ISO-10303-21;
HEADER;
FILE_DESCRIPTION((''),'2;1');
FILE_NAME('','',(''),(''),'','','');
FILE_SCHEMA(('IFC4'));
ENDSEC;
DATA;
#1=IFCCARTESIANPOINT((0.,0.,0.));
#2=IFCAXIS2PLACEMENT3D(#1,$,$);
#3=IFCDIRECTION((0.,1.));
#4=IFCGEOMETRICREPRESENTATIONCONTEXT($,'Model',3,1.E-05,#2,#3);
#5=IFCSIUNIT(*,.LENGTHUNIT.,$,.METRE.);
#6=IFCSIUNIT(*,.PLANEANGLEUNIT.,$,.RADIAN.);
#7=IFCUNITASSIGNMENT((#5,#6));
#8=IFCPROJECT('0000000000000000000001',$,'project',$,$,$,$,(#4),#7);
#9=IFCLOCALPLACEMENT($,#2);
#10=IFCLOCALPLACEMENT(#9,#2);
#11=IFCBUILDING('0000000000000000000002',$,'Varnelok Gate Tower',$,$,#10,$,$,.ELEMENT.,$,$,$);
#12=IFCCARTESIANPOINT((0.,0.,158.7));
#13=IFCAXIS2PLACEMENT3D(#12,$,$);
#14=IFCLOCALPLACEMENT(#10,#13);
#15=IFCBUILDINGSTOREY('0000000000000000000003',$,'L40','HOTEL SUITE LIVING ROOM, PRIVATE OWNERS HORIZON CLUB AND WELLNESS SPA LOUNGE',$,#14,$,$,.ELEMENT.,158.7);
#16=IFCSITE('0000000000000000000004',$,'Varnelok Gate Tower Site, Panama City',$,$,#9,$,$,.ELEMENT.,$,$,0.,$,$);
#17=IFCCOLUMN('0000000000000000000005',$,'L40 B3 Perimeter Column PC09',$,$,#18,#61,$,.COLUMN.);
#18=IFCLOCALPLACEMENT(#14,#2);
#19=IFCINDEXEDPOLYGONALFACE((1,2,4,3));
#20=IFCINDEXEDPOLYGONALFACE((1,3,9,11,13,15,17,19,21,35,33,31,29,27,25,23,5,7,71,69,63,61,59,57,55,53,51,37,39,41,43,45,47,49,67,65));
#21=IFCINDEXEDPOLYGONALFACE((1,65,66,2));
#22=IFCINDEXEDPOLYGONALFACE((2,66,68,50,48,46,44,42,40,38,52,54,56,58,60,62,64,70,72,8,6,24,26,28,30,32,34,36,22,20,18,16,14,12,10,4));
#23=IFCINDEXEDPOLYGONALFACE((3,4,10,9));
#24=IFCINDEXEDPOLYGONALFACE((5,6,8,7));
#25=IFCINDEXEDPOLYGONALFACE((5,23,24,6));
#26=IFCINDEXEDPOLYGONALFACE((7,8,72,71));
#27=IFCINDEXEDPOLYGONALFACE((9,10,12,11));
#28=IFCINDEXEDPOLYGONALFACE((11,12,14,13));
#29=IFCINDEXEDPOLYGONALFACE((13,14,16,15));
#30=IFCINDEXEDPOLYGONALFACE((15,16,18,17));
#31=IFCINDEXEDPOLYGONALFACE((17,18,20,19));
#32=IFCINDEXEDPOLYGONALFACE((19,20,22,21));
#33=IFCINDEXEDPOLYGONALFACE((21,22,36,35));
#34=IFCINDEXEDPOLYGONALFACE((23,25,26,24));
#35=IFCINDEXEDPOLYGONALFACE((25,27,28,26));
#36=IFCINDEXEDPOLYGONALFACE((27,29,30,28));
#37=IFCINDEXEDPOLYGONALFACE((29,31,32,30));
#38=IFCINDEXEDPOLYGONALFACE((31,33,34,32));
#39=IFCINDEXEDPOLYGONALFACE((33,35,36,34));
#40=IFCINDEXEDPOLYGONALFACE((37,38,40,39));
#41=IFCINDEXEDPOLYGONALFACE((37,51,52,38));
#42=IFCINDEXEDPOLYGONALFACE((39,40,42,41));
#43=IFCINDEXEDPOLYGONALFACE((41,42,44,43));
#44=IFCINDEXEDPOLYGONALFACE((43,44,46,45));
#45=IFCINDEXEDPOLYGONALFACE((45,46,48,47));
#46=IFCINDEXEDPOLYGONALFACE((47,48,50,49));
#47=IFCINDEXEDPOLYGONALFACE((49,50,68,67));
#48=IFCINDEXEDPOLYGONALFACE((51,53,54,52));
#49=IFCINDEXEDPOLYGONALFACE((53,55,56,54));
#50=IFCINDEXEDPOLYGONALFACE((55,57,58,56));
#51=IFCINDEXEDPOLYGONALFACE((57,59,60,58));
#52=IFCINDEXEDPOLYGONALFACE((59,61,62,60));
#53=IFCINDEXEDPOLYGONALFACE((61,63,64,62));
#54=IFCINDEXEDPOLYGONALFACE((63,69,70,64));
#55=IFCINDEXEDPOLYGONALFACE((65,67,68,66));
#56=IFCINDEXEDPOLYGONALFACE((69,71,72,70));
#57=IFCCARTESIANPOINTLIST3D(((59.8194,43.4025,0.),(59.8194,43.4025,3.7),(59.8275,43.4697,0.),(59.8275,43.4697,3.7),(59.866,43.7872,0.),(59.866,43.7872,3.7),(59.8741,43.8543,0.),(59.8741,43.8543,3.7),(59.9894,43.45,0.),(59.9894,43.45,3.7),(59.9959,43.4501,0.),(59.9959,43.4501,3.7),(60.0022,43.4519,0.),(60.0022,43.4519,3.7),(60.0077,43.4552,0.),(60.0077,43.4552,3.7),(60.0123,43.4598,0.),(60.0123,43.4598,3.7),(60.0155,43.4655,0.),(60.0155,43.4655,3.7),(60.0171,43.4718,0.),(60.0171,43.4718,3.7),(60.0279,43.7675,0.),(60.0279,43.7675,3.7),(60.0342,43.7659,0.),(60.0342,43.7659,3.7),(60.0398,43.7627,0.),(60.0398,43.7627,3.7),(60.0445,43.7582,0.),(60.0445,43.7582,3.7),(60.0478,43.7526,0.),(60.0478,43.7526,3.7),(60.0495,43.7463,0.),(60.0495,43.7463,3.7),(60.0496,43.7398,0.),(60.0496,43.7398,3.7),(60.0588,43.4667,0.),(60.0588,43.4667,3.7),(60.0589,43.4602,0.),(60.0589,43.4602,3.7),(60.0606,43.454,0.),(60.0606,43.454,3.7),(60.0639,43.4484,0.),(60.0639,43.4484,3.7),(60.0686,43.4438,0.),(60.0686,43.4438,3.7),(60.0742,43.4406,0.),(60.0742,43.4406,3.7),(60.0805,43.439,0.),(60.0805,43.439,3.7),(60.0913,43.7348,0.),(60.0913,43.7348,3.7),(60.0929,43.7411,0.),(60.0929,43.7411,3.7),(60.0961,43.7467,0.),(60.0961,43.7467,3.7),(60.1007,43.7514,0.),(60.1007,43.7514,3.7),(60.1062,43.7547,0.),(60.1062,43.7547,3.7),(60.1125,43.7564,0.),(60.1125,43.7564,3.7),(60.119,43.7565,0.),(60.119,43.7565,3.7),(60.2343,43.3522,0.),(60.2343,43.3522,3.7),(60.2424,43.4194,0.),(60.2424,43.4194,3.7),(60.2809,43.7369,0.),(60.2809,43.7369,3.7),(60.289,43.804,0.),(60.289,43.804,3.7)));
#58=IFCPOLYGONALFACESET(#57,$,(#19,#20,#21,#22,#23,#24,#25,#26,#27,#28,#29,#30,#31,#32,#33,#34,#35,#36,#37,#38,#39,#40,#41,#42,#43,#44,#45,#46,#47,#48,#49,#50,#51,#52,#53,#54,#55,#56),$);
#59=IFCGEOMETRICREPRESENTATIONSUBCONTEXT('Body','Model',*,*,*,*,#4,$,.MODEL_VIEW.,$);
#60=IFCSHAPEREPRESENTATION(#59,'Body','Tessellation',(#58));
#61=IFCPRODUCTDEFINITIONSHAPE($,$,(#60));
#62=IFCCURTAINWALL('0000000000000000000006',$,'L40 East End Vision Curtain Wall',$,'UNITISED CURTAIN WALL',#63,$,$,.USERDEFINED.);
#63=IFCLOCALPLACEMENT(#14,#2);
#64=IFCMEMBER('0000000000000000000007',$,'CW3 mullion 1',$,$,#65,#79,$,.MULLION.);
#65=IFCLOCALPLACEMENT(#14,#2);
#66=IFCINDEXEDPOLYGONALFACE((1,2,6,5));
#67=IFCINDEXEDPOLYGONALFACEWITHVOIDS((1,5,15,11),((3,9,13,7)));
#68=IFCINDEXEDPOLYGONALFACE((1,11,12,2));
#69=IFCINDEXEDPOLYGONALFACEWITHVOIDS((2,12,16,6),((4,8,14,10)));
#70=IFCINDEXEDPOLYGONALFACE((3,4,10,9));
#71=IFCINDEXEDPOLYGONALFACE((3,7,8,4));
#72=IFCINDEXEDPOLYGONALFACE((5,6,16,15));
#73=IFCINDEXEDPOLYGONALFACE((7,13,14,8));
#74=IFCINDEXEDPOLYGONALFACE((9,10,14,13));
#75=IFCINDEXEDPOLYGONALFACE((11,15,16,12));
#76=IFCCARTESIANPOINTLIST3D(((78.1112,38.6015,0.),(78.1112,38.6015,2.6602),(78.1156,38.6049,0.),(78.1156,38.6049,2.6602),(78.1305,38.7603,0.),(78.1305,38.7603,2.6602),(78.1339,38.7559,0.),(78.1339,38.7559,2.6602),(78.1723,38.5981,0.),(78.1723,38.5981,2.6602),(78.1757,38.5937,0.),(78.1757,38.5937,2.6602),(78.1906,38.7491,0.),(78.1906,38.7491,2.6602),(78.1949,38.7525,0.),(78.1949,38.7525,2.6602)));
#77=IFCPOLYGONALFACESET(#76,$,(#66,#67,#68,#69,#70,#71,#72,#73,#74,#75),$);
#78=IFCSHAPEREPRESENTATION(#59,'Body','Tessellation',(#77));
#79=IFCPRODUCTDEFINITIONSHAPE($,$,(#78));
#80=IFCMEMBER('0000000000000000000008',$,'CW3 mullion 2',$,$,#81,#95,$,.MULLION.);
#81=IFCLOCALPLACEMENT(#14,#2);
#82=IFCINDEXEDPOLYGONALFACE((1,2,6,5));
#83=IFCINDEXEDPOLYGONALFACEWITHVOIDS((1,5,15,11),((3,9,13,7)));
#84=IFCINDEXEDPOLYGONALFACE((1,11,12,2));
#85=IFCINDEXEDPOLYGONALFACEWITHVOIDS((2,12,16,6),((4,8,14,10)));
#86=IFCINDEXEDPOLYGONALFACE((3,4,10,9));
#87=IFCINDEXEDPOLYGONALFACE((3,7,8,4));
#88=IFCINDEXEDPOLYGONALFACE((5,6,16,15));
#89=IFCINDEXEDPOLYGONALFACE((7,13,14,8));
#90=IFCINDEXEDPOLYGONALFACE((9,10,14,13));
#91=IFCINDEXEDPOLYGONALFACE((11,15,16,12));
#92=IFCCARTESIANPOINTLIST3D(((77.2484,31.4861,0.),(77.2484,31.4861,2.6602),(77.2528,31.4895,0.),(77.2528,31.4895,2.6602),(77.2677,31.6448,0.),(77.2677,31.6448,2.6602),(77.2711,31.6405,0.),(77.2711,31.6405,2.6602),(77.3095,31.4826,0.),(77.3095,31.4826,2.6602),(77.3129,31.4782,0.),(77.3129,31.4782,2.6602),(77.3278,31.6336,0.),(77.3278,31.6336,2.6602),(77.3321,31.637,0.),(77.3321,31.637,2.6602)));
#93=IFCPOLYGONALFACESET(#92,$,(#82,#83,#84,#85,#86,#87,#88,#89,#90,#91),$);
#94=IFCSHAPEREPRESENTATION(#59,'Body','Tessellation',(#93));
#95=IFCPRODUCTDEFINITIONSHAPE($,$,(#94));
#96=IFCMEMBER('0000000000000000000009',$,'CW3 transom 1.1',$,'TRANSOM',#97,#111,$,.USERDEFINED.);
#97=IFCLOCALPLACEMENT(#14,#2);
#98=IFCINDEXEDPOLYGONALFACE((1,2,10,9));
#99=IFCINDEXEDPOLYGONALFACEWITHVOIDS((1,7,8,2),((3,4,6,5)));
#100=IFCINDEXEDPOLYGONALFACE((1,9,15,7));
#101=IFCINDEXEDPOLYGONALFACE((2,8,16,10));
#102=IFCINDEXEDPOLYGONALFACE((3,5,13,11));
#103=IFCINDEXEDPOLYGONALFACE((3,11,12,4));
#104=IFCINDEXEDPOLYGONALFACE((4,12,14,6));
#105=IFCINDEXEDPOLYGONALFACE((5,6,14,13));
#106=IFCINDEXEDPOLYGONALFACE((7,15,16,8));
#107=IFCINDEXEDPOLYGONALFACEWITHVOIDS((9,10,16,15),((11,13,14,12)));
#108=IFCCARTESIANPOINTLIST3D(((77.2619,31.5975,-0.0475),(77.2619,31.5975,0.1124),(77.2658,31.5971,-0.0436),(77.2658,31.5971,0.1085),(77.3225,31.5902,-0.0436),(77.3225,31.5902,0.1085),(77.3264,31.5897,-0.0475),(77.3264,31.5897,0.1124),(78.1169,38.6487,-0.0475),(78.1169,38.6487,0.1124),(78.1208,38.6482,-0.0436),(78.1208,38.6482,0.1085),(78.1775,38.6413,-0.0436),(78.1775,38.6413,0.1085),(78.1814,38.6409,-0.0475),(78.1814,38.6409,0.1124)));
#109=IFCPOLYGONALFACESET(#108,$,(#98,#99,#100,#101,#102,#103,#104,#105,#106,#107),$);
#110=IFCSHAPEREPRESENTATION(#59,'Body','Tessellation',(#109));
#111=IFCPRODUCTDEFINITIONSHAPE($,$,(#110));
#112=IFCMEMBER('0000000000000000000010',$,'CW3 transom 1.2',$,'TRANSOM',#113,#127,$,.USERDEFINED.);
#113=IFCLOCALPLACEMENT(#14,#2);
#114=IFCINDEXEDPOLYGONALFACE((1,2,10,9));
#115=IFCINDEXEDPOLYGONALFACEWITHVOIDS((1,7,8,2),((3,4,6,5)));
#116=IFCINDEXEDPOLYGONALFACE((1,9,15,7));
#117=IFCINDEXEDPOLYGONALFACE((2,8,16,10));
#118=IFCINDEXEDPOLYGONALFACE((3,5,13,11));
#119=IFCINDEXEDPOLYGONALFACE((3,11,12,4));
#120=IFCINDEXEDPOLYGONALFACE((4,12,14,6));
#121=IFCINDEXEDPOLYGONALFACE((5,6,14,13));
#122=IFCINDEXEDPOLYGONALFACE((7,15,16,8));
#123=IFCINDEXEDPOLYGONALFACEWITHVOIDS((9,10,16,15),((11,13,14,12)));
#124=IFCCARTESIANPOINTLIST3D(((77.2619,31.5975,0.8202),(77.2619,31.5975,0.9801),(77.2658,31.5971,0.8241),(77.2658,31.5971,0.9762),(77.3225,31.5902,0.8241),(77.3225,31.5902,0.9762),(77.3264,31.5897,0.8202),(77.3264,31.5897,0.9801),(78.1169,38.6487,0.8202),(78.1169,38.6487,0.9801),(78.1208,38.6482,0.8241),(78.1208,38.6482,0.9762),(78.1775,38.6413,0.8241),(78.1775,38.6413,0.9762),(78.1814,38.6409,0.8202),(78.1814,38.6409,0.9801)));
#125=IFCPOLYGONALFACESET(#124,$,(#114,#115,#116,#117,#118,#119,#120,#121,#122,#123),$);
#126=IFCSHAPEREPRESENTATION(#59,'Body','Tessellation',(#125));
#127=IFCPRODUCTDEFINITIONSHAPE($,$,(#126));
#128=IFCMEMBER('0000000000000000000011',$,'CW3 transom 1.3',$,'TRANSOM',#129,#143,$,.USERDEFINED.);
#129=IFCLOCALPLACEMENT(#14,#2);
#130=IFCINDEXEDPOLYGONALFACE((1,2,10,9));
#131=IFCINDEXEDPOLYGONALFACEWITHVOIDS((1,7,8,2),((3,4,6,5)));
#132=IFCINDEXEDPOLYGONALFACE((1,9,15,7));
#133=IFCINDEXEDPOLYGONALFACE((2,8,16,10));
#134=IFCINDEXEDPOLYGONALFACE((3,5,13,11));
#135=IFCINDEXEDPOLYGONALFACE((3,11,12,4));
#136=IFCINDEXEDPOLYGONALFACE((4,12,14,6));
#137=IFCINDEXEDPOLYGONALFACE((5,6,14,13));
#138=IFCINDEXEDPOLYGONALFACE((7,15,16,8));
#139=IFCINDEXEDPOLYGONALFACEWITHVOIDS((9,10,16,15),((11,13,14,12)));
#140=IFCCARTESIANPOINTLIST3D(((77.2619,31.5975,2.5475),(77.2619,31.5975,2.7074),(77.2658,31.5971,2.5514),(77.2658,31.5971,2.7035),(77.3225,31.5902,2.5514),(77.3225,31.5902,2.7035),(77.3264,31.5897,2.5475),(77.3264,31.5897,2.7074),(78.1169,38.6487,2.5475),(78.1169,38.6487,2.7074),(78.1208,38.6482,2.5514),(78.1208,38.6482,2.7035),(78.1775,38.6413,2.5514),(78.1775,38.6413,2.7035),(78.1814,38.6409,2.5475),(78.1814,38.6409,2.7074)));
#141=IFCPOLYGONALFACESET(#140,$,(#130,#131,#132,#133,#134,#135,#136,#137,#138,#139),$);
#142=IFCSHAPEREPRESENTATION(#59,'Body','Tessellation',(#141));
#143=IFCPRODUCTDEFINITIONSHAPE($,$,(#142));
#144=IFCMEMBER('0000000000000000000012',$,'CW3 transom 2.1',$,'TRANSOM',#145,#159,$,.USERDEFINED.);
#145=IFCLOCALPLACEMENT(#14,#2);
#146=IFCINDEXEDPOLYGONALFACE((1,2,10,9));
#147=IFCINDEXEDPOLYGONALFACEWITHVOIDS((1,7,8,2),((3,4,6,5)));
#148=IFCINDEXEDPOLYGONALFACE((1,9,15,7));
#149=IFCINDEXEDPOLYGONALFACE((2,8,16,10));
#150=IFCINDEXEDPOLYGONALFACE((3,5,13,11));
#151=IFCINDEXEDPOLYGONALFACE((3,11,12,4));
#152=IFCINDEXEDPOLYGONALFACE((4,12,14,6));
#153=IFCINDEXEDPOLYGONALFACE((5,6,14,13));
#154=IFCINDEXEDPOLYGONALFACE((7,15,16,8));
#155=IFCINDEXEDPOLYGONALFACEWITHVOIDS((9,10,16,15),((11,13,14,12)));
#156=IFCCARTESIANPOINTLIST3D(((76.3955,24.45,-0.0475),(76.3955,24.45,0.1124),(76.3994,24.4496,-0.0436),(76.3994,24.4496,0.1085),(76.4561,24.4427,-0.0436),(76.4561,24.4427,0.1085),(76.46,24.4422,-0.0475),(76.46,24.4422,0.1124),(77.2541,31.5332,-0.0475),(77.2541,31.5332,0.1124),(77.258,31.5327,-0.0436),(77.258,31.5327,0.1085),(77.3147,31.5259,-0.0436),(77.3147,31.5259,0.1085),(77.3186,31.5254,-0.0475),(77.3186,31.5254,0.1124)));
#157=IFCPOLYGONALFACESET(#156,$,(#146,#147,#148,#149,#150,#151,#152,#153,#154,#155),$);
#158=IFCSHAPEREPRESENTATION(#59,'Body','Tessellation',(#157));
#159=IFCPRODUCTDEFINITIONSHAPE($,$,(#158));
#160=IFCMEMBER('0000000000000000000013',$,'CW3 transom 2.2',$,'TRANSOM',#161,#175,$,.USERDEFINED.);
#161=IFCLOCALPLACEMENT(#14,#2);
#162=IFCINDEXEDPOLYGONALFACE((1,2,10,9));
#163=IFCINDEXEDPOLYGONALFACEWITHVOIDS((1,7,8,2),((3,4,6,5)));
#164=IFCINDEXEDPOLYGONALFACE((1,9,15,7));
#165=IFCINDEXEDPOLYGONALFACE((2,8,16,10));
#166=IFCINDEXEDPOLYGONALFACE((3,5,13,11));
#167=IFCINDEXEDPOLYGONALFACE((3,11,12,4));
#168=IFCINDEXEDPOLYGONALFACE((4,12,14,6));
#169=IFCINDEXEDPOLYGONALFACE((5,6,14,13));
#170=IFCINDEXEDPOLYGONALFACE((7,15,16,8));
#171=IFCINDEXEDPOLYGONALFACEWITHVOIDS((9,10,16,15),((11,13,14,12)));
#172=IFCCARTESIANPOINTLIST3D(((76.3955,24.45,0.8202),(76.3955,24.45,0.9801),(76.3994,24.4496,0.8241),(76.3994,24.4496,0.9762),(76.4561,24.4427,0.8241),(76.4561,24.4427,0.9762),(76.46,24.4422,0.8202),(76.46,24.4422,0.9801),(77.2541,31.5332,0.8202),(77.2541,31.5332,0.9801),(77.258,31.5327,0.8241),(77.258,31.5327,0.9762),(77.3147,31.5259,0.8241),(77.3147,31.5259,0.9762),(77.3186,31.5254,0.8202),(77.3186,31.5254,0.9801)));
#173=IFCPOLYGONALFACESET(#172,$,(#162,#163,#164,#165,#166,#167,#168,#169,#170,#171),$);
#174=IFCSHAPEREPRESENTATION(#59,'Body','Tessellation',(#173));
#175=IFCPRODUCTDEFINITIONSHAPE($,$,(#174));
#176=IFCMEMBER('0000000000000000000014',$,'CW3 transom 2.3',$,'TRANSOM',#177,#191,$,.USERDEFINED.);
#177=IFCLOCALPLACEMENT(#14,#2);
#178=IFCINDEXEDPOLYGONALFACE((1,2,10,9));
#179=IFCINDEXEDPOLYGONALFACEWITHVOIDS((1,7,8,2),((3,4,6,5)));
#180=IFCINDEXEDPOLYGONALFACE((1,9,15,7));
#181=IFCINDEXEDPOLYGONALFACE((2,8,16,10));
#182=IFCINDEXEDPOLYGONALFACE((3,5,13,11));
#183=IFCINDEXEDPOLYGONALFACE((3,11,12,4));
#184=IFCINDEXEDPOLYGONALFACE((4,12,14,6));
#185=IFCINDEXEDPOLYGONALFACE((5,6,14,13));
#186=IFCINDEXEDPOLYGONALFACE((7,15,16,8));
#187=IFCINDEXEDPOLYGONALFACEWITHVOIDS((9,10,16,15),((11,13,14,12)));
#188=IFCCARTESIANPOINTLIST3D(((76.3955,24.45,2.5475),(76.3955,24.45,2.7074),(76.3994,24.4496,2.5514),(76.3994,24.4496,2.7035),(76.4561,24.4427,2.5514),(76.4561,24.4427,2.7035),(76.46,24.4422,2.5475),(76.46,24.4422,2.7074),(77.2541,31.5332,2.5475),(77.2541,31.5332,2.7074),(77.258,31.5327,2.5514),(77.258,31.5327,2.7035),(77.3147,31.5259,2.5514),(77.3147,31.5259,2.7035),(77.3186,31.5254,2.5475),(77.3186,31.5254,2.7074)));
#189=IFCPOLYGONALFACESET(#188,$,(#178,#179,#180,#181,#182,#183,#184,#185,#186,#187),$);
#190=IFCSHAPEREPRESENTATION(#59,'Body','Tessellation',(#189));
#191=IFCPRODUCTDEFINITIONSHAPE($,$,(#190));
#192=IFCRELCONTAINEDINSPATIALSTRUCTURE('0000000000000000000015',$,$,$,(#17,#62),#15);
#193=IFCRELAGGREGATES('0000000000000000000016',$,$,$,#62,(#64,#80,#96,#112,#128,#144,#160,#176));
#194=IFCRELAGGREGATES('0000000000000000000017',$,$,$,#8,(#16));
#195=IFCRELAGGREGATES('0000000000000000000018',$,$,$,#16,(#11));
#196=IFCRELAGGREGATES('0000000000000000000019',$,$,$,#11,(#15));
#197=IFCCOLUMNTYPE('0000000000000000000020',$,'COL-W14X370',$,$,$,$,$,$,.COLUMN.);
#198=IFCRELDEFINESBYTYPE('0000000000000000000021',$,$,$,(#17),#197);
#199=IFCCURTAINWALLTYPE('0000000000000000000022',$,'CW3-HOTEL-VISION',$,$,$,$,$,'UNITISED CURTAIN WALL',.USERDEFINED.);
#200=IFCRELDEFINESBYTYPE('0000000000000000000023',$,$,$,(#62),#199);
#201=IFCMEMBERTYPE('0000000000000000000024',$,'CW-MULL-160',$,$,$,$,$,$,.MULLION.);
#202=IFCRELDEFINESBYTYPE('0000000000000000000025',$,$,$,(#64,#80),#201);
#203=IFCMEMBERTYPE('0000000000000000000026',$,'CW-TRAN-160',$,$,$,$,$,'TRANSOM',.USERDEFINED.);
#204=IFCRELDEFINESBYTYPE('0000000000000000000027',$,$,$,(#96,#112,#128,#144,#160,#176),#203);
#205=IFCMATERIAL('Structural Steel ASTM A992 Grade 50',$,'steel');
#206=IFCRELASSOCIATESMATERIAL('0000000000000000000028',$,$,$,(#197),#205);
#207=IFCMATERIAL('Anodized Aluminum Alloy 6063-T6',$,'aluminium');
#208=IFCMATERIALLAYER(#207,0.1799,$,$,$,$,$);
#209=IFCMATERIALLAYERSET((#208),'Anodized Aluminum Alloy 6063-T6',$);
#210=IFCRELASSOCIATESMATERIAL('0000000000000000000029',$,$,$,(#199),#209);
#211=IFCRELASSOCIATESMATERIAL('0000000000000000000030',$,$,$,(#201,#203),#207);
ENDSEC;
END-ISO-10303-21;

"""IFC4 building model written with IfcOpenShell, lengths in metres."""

from ifc_helpers import new_model, si_unit, direction, frame, origin, origin_2d, place, context, subcontext, project, spatial, hollow_rectangle, i_section, extrude, material, layer, layer_set, material_profile, profile_set, type_object, element, aggregate, save


model = new_model("IFC4")

# Units and contexts
model_context = context("Model", 3, precision=1e-05, world=origin(), true_north=direction((0.0, 1.0)))
body_context = subcontext(model_context, "Body", "Model", "MODEL_VIEW")
ifc_project = project(units=[si_unit("LENGTHUNIT", "METRE"), si_unit("PLANEANGLEUNIT", "RADIAN")], contexts=[model_context])

# Site, building, storey
site_placement = place(None, origin())
site = spatial("IfcSite", under=ifc_project, at=site_placement, Name="Varnelok Gate Tower Site, Panama City", CompositionType="ELEMENT", RefElevation=0.0)
building_placement = place(site_placement, origin())
building = spatial("IfcBuilding", under=site, at=building_placement, Name="Varnelok Gate Tower", CompositionType="ELEMENT")
storey_placement = place(building_placement, frame((0.0, 0.0, 158.7)))
storey = spatial("IfcBuildingStorey", under=building, at=storey_placement, Name="L40", Description="HOTEL SUITE LIVING ROOM, PRIVATE OWNERS HORIZON CLUB AND WELLNESS SPA LOUNGE", CompositionType="ELEMENT", Elevation=158.7)

# Column
ifc_material_1 = material(Name="Structural Steel ASTM A992 Grade 50", Category="steel")
ifc_material_profile_1 = material_profile(ifc_material_1, i_section(OverallWidth=0.418, OverallDepth=0.4551, WebThickness=0.042, FlangeThickness=0.0676, FilletRadius=0.0249, at=origin_2d()), Name="W14X370")
ifc_profile_set_1 = profile_set([ifc_material_profile_1], Name="Structural Steel ASTM A992 Grade 50")
column_type = type_object("IfcColumnType", Name="COL-W14X370", PredefinedType="COLUMN", material=ifc_profile_set_1)
column_placement = place(storey_placement, frame((60.0542, 43.6033, 0.0), z_axis=(0.0, 0.0, 1.0), x_axis=(0.992732, -0.120345, 0.0)))
element("IfcColumn", 1, at=column_placement, inside=storey, type_object=column_type, Name="L40 B3 Perimeter Column PC09", PredefinedType="COLUMN", context=body_context, shape_type="SweptSolid", body=[
    extrude(i_section(OverallWidth=0.418, OverallDepth=0.4551, WebThickness=0.042, FlangeThickness=0.0676, FilletRadius=0.0249, at=origin_2d()), origin(), (0.0, 0.0, 1.0), 3.7),
])

# Curtain wall, members
ifc_material_2 = material(Name="Anodized Aluminum Alloy 6063-T6", Category="aluminium")
ifc_layer_1 = layer(ifc_material_2, 0.1799)
ifc_layer_set_1 = layer_set([ifc_layer_1], Name="Anodized Aluminum Alloy 6063-T6")
curtain_wall_type = type_object("IfcCurtainWallType", Name="CW3-HOTEL-VISION", ElementType="UNITISED CURTAIN WALL", PredefinedType="USERDEFINED", material=ifc_layer_set_1)
curtain_wall_placement = place(storey_placement, origin())
curtain_wall = element("IfcCurtainWall", 2, at=curtain_wall_placement, inside=storey, type_object=curtain_wall_type, Name="L40 East End Vision Curtain Wall", ObjectType="UNITISED CURTAIN WALL", PredefinedType="USERDEFINED")
ifc_material_profile_2 = material_profile(ifc_material_2, hollow_rectangle(XDim=0.0649, YDim=0.1599, WallThickness=0.0039, at=origin_2d()), Name="ALU160X65X4")
ifc_profile_set_2 = profile_set([ifc_material_profile_2], Name="Anodized Aluminum Alloy 6063-T6")
member_type_1 = type_object("IfcMemberType", Name="CW-MULL-160", PredefinedType="MULLION", material=ifc_profile_set_2)
member_1_placement = place(storey_placement, frame((78.1531, 38.677, 0.0), z_axis=(0.0, 0.0, 1.0), x_axis=(0.992732, -0.120347, 0.0)))
member_1 = element("IfcMember", 3, at=member_1_placement, type_object=member_type_1, Name="CW3 mullion 1", PredefinedType="MULLION", context=body_context, shape_type="SweptSolid", body=[
    extrude(hollow_rectangle(XDim=0.0649, YDim=0.1599, WallThickness=0.0039, at=origin_2d()), origin(), (0.0, 0.0, 1.0), 2.6602),
])
member_2_placement = place(storey_placement, frame((77.2903, 31.5615, 0.0), z_axis=(0.0, 0.0, 1.0), x_axis=(0.992732, -0.120347, 0.0)))
member_2 = element("IfcMember", 4, at=member_2_placement, type_object=member_type_1, Name="CW3 mullion 2", PredefinedType="MULLION", context=body_context, shape_type="SweptSolid", body=[
    extrude(hollow_rectangle(XDim=0.0649, YDim=0.1599, WallThickness=0.0039, at=origin_2d()), origin(), (0.0, 0.0, 1.0), 2.6602),
])
ifc_material_profile_3 = material_profile(ifc_material_2, hollow_rectangle(XDim=0.0649, YDim=0.1599, WallThickness=0.0039, at=origin_2d()), Name="ALU160X65X4")
ifc_profile_set_3 = profile_set([ifc_material_profile_3], Name="Anodized Aluminum Alloy 6063-T6")
member_type_2 = type_object("IfcMemberType", Name="CW-TRAN-160", ElementType="TRANSOM", PredefinedType="USERDEFINED", material=ifc_profile_set_3)
member_3_placement = place(storey_placement, frame((78.1492, 38.6448, 0.0325), z_axis=(-0.120374, -0.992729, 0.0), x_axis=(0.992729, -0.120374, 0.0)))
member_3 = element("IfcMember", 5, at=member_3_placement, type_object=member_type_2, Name="CW3 transom 1.1", ObjectType="TRANSOM", PredefinedType="USERDEFINED", context=body_context, shape_type="SweptSolid", body=[
    extrude(hollow_rectangle(XDim=0.0649, YDim=0.1599, WallThickness=0.0039, at=origin_2d()), origin(), (0.0, 0.0, 1.0), 7.1028),
])
member_4_placement = place(storey_placement, frame((78.1492, 38.6448, 0.9001), z_axis=(-0.120374, -0.992729, 0.0), x_axis=(0.992729, -0.120374, 0.0)))
member_4 = element("IfcMember", 6, at=member_4_placement, type_object=member_type_2, Name="CW3 transom 1.2", ObjectType="TRANSOM", PredefinedType="USERDEFINED", context=body_context, shape_type="SweptSolid", body=[
    extrude(hollow_rectangle(XDim=0.0649, YDim=0.1599, WallThickness=0.0039, at=origin_2d()), origin(), (0.0, 0.0, 1.0), 7.1028),
])
member_5_placement = place(storey_placement, frame((78.1492, 38.6448, 2.6274), z_axis=(-0.120374, -0.992729, 0.0), x_axis=(0.992729, -0.120374, 0.0)))
member_5 = element("IfcMember", 7, at=member_5_placement, type_object=member_type_2, Name="CW3 transom 1.3", ObjectType="TRANSOM", PredefinedType="USERDEFINED", context=body_context, shape_type="SweptSolid", body=[
    extrude(hollow_rectangle(XDim=0.0649, YDim=0.1599, WallThickness=0.0039, at=origin_2d()), origin(), (0.0, 0.0, 1.0), 7.1028),
])
member_6_placement = place(storey_placement, frame((77.2864, 31.5293, 0.0325), z_axis=(-0.120341, -0.992733, 0.0), x_axis=(0.992733, -0.120341, 0.0)))
member_6 = element("IfcMember", 8, at=member_6_placement, type_object=member_type_2, Name="CW3 transom 2.1", ObjectType="TRANSOM", PredefinedType="USERDEFINED", context=body_context, shape_type="SweptSolid", body=[
    extrude(hollow_rectangle(XDim=0.0649, YDim=0.1599, WallThickness=0.0039, at=origin_2d()), origin(), (0.0, 0.0, 1.0), 7.135),
])
member_7_placement = place(storey_placement, frame((77.2864, 31.5293, 0.9001), z_axis=(-0.120341, -0.992733, 0.0), x_axis=(0.992733, -0.120341, 0.0)))
member_7 = element("IfcMember", 9, at=member_7_placement, type_object=member_type_2, Name="CW3 transom 2.2", ObjectType="TRANSOM", PredefinedType="USERDEFINED", context=body_context, shape_type="SweptSolid", body=[
    extrude(hollow_rectangle(XDim=0.0649, YDim=0.1599, WallThickness=0.0039, at=origin_2d()), origin(), (0.0, 0.0, 1.0), 7.135),
])
member_8_placement = place(storey_placement, frame((77.2864, 31.5293, 2.6274), z_axis=(-0.120341, -0.992733, 0.0), x_axis=(0.992733, -0.120341, 0.0)))
member_8 = element("IfcMember", 10, at=member_8_placement, type_object=member_type_2, Name="CW3 transom 2.3", ObjectType="TRANSOM", PredefinedType="USERDEFINED", context=body_context, shape_type="SweptSolid", body=[
    extrude(hollow_rectangle(XDim=0.0649, YDim=0.1599, WallThickness=0.0039, at=origin_2d()), origin(), (0.0, 0.0, 1.0), 7.135),
])
aggregate(curtain_wall, [member_1, member_2, member_3, member_4, member_5, member_6, member_7, member_8])

save(model, "model.ifc")
